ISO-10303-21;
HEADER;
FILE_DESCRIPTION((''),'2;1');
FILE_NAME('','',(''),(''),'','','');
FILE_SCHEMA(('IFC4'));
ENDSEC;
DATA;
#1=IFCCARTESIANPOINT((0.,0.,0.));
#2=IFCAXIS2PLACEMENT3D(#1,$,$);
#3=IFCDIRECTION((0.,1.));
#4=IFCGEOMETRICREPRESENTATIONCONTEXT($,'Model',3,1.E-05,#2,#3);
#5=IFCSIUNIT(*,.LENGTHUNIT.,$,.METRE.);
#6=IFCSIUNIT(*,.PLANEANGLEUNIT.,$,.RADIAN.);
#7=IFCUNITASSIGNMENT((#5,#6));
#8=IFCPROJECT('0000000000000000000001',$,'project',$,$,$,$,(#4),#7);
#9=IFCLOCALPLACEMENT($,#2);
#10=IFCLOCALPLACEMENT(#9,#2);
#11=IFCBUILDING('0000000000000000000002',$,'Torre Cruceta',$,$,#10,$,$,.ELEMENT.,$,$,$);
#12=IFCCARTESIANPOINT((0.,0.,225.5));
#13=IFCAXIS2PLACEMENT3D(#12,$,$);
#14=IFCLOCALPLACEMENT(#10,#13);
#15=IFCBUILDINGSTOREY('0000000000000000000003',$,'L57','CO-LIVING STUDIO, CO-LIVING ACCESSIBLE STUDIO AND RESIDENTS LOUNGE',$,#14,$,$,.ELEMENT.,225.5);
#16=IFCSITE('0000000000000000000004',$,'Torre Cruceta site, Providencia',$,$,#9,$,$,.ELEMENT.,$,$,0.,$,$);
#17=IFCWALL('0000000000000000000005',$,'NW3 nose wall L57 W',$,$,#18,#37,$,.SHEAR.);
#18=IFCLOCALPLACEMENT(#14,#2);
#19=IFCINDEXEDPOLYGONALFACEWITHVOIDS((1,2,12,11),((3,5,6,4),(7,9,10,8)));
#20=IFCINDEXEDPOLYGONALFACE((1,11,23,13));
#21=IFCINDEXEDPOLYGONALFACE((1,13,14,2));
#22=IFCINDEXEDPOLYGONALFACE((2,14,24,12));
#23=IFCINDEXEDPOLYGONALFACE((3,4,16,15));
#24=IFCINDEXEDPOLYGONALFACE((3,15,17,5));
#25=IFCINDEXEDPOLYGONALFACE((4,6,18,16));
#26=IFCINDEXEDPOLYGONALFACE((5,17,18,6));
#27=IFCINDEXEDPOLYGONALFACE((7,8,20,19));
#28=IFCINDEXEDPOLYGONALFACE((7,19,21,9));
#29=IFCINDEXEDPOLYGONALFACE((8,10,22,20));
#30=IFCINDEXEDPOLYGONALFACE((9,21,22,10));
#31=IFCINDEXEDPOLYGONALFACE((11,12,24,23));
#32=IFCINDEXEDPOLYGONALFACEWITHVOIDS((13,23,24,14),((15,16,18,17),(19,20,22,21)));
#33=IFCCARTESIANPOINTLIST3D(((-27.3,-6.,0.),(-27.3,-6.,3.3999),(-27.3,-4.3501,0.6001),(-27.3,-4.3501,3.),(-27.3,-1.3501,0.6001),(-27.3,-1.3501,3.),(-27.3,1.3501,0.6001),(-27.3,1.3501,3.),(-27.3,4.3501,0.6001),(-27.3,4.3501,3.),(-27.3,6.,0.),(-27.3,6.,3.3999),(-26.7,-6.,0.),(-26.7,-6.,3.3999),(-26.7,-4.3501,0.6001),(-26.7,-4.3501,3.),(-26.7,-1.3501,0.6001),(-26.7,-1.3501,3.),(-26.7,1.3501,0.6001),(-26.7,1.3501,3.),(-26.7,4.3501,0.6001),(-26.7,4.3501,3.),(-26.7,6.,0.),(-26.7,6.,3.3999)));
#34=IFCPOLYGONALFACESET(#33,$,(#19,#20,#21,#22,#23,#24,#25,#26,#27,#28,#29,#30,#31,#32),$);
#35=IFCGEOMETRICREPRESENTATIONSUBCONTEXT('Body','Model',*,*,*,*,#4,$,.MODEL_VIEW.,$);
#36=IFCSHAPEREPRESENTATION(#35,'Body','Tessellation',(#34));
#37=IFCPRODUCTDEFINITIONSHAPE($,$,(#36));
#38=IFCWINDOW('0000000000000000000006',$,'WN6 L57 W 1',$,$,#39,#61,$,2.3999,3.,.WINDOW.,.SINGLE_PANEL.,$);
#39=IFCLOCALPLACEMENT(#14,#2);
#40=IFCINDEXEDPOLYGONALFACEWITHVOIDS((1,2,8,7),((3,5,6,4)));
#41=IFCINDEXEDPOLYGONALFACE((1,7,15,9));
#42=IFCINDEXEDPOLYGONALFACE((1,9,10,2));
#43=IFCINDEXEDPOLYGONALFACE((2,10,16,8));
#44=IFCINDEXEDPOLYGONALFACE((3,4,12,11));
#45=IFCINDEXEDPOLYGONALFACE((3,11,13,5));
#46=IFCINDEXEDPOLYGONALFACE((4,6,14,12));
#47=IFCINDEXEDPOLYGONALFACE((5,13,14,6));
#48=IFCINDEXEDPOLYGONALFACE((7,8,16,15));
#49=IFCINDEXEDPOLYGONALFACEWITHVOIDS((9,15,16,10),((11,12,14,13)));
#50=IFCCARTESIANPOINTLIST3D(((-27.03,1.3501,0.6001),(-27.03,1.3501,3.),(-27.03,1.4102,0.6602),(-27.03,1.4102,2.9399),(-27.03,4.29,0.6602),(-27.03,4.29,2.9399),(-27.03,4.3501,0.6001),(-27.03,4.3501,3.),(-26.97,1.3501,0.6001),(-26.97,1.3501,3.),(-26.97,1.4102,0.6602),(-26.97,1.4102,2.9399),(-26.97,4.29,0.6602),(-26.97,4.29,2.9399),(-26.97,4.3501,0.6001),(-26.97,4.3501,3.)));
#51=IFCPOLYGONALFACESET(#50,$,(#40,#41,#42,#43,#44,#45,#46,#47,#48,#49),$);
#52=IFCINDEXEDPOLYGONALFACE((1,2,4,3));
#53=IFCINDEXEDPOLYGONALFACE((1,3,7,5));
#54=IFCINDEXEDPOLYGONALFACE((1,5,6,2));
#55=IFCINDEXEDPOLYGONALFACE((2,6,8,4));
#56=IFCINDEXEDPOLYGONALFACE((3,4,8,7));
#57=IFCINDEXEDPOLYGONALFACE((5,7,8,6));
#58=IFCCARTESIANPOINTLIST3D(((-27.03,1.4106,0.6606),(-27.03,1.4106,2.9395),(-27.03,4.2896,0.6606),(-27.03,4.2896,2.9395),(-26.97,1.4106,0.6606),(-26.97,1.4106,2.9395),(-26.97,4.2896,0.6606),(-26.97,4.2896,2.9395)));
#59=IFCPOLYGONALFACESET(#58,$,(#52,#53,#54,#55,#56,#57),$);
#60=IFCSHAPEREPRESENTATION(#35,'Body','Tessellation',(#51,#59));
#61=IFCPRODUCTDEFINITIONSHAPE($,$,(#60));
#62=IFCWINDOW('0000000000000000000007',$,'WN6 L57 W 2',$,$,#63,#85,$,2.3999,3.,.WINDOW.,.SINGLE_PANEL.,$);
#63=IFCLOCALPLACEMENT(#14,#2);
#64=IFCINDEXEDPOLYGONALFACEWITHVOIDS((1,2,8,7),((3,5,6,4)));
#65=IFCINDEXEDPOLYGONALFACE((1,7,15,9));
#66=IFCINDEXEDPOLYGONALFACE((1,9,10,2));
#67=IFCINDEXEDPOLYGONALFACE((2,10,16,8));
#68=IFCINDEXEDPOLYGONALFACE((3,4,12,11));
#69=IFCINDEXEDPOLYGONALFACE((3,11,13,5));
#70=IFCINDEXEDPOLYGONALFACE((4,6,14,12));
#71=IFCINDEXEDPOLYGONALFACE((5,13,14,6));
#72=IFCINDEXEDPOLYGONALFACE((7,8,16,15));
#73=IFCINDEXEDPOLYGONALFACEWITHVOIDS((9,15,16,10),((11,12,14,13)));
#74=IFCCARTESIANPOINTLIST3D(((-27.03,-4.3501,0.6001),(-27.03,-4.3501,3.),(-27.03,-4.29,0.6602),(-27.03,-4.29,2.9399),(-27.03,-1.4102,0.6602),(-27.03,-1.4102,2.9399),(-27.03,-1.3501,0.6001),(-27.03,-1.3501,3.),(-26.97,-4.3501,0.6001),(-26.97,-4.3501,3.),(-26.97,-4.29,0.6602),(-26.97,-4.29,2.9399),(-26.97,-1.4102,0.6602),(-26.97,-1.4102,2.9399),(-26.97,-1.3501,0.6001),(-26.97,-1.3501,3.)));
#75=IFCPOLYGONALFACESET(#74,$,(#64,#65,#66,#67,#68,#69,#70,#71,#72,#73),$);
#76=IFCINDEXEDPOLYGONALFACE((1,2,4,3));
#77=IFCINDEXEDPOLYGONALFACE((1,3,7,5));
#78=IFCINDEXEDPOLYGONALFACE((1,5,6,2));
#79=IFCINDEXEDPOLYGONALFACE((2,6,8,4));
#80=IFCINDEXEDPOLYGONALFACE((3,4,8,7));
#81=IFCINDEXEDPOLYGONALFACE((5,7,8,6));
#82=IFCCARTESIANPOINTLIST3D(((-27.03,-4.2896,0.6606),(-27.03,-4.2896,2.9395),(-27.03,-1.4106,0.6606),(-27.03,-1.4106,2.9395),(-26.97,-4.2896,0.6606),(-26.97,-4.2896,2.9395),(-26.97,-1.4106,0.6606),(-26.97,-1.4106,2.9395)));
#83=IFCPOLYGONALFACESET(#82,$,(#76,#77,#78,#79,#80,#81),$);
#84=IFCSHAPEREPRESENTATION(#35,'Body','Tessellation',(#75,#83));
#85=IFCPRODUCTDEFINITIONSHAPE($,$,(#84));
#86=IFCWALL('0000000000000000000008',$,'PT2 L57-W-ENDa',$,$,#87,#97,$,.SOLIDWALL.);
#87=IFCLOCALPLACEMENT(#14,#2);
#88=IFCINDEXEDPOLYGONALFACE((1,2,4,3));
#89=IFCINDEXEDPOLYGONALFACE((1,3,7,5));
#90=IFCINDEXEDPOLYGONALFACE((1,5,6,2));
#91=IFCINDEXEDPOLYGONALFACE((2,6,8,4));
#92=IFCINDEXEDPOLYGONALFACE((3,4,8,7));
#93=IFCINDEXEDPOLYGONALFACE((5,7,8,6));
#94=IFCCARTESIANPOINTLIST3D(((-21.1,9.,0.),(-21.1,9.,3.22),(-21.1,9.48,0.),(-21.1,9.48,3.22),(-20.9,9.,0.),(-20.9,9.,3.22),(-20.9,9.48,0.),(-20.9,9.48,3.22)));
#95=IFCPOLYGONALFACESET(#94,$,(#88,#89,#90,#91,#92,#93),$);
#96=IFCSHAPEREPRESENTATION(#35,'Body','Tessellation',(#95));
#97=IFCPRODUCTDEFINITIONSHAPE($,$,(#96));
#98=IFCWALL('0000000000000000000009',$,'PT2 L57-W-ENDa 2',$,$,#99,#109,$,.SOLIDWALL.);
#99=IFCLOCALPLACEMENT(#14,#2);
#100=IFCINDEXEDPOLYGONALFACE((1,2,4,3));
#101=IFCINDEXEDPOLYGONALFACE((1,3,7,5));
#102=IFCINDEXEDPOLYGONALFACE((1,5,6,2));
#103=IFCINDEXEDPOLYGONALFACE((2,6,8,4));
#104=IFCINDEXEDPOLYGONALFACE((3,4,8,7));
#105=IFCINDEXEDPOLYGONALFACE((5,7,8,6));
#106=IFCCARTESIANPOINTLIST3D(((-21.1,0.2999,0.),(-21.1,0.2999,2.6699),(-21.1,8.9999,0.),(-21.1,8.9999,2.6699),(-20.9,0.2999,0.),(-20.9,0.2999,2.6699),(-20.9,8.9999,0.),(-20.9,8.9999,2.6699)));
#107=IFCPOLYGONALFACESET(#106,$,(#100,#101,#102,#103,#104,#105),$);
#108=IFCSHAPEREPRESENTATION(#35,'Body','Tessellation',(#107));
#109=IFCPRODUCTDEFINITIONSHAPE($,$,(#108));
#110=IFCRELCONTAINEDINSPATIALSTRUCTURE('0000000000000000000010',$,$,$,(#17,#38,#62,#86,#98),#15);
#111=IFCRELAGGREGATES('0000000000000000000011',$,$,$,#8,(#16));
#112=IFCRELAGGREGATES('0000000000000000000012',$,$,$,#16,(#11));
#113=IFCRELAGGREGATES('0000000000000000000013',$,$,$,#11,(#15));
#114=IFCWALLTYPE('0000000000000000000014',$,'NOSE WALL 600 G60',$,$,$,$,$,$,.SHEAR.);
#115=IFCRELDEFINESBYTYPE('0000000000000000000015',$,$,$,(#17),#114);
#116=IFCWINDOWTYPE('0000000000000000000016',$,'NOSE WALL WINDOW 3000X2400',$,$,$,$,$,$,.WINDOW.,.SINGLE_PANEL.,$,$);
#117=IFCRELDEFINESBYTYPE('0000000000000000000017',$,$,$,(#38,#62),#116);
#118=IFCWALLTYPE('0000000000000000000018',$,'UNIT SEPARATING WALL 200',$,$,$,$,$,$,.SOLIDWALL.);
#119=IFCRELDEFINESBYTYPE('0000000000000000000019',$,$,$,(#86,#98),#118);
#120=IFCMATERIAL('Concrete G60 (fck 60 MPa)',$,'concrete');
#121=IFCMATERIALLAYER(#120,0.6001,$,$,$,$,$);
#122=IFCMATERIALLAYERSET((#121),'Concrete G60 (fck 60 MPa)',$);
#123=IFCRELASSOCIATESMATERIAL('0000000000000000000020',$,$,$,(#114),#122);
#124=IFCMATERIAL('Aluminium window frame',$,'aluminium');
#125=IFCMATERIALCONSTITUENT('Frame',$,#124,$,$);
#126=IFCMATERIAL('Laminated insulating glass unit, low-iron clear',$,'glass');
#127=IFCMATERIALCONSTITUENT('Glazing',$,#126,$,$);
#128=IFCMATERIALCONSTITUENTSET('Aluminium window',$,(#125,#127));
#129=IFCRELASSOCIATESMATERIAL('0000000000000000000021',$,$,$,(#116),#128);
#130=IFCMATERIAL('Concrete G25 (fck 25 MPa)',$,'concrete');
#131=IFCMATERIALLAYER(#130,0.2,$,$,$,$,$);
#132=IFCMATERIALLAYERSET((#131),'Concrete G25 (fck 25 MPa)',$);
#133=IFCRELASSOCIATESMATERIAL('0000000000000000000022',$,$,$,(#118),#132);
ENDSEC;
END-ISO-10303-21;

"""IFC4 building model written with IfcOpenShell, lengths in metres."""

from ifc_helpers import new_model, si_unit, direction, frame, frame_2d, origin, place, context, subcontext, project, spatial, rectangle, hollow_rectangle, extrude, material, layer, layer_set, constituent, constituent_set, type_object, element, fill, save


model = new_model("IFC4")

# Units and contexts
model_context = context("Model", 3, precision=1e-05, world=origin(), true_north=direction((0.0, 1.0)))
body_context = subcontext(model_context, "Body", "Model", "MODEL_VIEW")
ifc_project = project(units=[si_unit("LENGTHUNIT", "METRE"), si_unit("PLANEANGLEUNIT", "RADIAN")], contexts=[model_context])

# Site, building, storey
site_placement = place(None, origin())
site = spatial("IfcSite", under=ifc_project, at=site_placement, Name="Torre Cruceta site, Providencia", CompositionType="ELEMENT", RefElevation=0.0)
building_placement = place(site_placement, origin())
building = spatial("IfcBuilding", under=site, at=building_placement, Name="Torre Cruceta", CompositionType="ELEMENT")
storey_placement = place(building_placement, frame((0.0, 0.0, 225.5)))
storey = spatial("IfcBuildingStorey", under=building, at=storey_placement, Name="L57", Description="CO-LIVING STUDIO, CO-LIVING ACCESSIBLE STUDIO AND RESIDENTS LOUNGE", CompositionType="ELEMENT", Elevation=225.5)

# Wall, openings, windows
ifc_material_1 = material(Name="Concrete G60 (fck 60 MPa)", Category="concrete")
ifc_layer_1 = layer(ifc_material_1, 0.6001)
ifc_layer_set_1 = layer_set([ifc_layer_1], Name="Concrete G60 (fck 60 MPa)")
wall_type_1 = type_object("IfcWallType", Name="NOSE WALL 600 G60", PredefinedType="SHEAR", material=ifc_layer_set_1)
wall_1_placement = place(storey_placement, frame((-27.0, 6.0, 0.0), z_axis=(0.0, 0.0, 1.0), x_axis=(0.0, -1.0, 0.0)))
wall_1 = element("IfcWall", 1, at=wall_1_placement, inside=storey, type_object=wall_type_1, Name="NW3 nose wall L57 W", PredefinedType="SHEAR", context=body_context, shape_type="SweptSolid", body=[
    extrude(rectangle(XDim=12.0, YDim=0.6001, at=frame_2d((6.0, 0.0))), origin(), (0.0, 0.0, 1.0), 3.3999),
])
opening_1_placement = place(wall_1_placement, frame((1.6499, 0.0, 0.6001)))
opening_1 = element("IfcOpeningElement", 2, at=opening_1_placement, cuts=wall_1, PredefinedType="OPENING", context=body_context, shape_type="SweptSolid", body=[
    extrude(rectangle(XDim=3.0, YDim=2.3999, at=frame_2d((1.5, 1.2))), frame((0.0, 0.3101, 0.0), z_axis=(0.0, -1.0, 0.0), x_axis=(1.0, 0.0, 0.0)), (0.0, 0.0, 1.0), 0.6201),
])
opening_2_placement = place(wall_1_placement, frame((7.3501, 0.0, 0.6001)))
opening_2 = element("IfcOpeningElement", 3, at=opening_2_placement, cuts=wall_1, PredefinedType="OPENING", context=body_context, shape_type="SweptSolid", body=[
    extrude(rectangle(XDim=3.0, YDim=2.3999, at=frame_2d((1.5, 1.2))), frame((0.0, 0.3101, 0.0), z_axis=(0.0, -1.0, 0.0), x_axis=(1.0, 0.0, 0.0)), (0.0, 0.0, 1.0), 0.6201),
])
ifc_material_2 = material(Name="Aluminium window frame", Category="aluminium")
ifc_constituent_1 = constituent(ifc_material_2, Name="Frame")
ifc_material_3 = material(Name="Laminated insulating glass unit, low-iron clear", Category="glass")
ifc_constituent_2 = constituent(ifc_material_3, Name="Glazing")
ifc_constituent_set_1 = constituent_set(constituents=[ifc_constituent_1, ifc_constituent_2], Name="Aluminium window")
window_type_1 = type_object("IfcWindowType", Name="NOSE WALL WINDOW 3000X2400", PartitioningType="SINGLE_PANEL", PredefinedType="WINDOW", material=ifc_constituent_set_1)
window_1_placement = place(opening_1_placement, origin())
window_1 = element("IfcWindow", 4, at=window_1_placement, inside=storey, type_object=window_type_1, Name="WN6 L57 W 1", OverallHeight=2.3999, OverallWidth=3.0, PartitioningType="SINGLE_PANEL", PredefinedType="WINDOW", context=body_context, shape_type="SweptSolid", body=[
    extrude(hollow_rectangle(XDim=3.0, YDim=2.3999, WallThickness=0.0601, at=frame_2d((1.5, 1.2))), frame((0.0, 0.03, 0.0), z_axis=(0.0, -1.0, 0.0), x_axis=(1.0, 0.0, 0.0)), (0.0, 0.0, 1.0), 0.0601),
    extrude(rectangle(XDim=2.8789, YDim=2.2788, at=frame_2d((1.5, 1.2))), frame((0.0, 0.03, 0.0), z_axis=(0.0, -1.0, 0.0), x_axis=(1.0, 0.0, 0.0)), (0.0, 0.0, 1.0), 0.0601),
])
fill(opening_1, window_1)
window_2_placement = place(opening_2_placement, origin())
window_2 = element("IfcWindow", 5, at=window_2_placement, inside=storey, type_object=window_type_1, Name="WN6 L57 W 2", OverallHeight=2.3999, OverallWidth=3.0, PartitioningType="SINGLE_PANEL", PredefinedType="WINDOW", context=body_context, shape_type="SweptSolid", body=[
    extrude(hollow_rectangle(XDim=3.0, YDim=2.3999, WallThickness=0.0601, at=frame_2d((1.5, 1.2))), frame((0.0, 0.03, 0.0), z_axis=(0.0, -1.0, 0.0), x_axis=(1.0, 0.0, 0.0)), (0.0, 0.0, 1.0), 0.0601),
    extrude(rectangle(XDim=2.8789, YDim=2.2788, at=frame_2d((1.5, 1.2))), frame((0.0, 0.03, 0.0), z_axis=(0.0, -1.0, 0.0), x_axis=(1.0, 0.0, 0.0)), (0.0, 0.0, 1.0), 0.0601),
])
fill(opening_2, window_2)

# Walls
ifc_material_4 = material(Name="Concrete G25 (fck 25 MPa)", Category="concrete")
ifc_layer_2 = layer(ifc_material_4, 0.2)
ifc_layer_set_2 = layer_set([ifc_layer_2], Name="Concrete G25 (fck 25 MPa)")
wall_type_2 = type_object("IfcWallType", Name="UNIT SEPARATING WALL 200", PredefinedType="SOLIDWALL", material=ifc_layer_set_2)
wall_2_placement = place(storey_placement, frame((-21.0, 9.48, 0.0), z_axis=(0.0, 0.0, 1.0), x_axis=(0.0, -1.0, 0.0)))
element("IfcWall", 6, at=wall_2_placement, inside=storey, type_object=wall_type_2, Name="PT2 L57-W-ENDa", PredefinedType="SOLIDWALL", context=body_context, shape_type="SweptSolid", body=[
    extrude(rectangle(XDim=0.48, YDim=0.2, at=frame_2d((0.24, 0.0))), origin(), (0.0, 0.0, 1.0), 3.22),
])
wall_3_placement = place(storey_placement, frame((-21.0, 9.0, 0.0), z_axis=(0.0, 0.0, 1.0), x_axis=(0.0, -1.0, 0.0)))
element("IfcWall", 7, at=wall_3_placement, inside=storey, type_object=wall_type_2, Name="PT2 L57-W-ENDa 2", PredefinedType="SOLIDWALL", context=body_context, shape_type="SweptSolid", body=[
    extrude(rectangle(XDim=8.7, YDim=0.2, at=frame_2d((4.3501, 0.0))), origin(), (0.0, 0.0, 1.0), 2.6699),
])

save(model, "model.ifc")
